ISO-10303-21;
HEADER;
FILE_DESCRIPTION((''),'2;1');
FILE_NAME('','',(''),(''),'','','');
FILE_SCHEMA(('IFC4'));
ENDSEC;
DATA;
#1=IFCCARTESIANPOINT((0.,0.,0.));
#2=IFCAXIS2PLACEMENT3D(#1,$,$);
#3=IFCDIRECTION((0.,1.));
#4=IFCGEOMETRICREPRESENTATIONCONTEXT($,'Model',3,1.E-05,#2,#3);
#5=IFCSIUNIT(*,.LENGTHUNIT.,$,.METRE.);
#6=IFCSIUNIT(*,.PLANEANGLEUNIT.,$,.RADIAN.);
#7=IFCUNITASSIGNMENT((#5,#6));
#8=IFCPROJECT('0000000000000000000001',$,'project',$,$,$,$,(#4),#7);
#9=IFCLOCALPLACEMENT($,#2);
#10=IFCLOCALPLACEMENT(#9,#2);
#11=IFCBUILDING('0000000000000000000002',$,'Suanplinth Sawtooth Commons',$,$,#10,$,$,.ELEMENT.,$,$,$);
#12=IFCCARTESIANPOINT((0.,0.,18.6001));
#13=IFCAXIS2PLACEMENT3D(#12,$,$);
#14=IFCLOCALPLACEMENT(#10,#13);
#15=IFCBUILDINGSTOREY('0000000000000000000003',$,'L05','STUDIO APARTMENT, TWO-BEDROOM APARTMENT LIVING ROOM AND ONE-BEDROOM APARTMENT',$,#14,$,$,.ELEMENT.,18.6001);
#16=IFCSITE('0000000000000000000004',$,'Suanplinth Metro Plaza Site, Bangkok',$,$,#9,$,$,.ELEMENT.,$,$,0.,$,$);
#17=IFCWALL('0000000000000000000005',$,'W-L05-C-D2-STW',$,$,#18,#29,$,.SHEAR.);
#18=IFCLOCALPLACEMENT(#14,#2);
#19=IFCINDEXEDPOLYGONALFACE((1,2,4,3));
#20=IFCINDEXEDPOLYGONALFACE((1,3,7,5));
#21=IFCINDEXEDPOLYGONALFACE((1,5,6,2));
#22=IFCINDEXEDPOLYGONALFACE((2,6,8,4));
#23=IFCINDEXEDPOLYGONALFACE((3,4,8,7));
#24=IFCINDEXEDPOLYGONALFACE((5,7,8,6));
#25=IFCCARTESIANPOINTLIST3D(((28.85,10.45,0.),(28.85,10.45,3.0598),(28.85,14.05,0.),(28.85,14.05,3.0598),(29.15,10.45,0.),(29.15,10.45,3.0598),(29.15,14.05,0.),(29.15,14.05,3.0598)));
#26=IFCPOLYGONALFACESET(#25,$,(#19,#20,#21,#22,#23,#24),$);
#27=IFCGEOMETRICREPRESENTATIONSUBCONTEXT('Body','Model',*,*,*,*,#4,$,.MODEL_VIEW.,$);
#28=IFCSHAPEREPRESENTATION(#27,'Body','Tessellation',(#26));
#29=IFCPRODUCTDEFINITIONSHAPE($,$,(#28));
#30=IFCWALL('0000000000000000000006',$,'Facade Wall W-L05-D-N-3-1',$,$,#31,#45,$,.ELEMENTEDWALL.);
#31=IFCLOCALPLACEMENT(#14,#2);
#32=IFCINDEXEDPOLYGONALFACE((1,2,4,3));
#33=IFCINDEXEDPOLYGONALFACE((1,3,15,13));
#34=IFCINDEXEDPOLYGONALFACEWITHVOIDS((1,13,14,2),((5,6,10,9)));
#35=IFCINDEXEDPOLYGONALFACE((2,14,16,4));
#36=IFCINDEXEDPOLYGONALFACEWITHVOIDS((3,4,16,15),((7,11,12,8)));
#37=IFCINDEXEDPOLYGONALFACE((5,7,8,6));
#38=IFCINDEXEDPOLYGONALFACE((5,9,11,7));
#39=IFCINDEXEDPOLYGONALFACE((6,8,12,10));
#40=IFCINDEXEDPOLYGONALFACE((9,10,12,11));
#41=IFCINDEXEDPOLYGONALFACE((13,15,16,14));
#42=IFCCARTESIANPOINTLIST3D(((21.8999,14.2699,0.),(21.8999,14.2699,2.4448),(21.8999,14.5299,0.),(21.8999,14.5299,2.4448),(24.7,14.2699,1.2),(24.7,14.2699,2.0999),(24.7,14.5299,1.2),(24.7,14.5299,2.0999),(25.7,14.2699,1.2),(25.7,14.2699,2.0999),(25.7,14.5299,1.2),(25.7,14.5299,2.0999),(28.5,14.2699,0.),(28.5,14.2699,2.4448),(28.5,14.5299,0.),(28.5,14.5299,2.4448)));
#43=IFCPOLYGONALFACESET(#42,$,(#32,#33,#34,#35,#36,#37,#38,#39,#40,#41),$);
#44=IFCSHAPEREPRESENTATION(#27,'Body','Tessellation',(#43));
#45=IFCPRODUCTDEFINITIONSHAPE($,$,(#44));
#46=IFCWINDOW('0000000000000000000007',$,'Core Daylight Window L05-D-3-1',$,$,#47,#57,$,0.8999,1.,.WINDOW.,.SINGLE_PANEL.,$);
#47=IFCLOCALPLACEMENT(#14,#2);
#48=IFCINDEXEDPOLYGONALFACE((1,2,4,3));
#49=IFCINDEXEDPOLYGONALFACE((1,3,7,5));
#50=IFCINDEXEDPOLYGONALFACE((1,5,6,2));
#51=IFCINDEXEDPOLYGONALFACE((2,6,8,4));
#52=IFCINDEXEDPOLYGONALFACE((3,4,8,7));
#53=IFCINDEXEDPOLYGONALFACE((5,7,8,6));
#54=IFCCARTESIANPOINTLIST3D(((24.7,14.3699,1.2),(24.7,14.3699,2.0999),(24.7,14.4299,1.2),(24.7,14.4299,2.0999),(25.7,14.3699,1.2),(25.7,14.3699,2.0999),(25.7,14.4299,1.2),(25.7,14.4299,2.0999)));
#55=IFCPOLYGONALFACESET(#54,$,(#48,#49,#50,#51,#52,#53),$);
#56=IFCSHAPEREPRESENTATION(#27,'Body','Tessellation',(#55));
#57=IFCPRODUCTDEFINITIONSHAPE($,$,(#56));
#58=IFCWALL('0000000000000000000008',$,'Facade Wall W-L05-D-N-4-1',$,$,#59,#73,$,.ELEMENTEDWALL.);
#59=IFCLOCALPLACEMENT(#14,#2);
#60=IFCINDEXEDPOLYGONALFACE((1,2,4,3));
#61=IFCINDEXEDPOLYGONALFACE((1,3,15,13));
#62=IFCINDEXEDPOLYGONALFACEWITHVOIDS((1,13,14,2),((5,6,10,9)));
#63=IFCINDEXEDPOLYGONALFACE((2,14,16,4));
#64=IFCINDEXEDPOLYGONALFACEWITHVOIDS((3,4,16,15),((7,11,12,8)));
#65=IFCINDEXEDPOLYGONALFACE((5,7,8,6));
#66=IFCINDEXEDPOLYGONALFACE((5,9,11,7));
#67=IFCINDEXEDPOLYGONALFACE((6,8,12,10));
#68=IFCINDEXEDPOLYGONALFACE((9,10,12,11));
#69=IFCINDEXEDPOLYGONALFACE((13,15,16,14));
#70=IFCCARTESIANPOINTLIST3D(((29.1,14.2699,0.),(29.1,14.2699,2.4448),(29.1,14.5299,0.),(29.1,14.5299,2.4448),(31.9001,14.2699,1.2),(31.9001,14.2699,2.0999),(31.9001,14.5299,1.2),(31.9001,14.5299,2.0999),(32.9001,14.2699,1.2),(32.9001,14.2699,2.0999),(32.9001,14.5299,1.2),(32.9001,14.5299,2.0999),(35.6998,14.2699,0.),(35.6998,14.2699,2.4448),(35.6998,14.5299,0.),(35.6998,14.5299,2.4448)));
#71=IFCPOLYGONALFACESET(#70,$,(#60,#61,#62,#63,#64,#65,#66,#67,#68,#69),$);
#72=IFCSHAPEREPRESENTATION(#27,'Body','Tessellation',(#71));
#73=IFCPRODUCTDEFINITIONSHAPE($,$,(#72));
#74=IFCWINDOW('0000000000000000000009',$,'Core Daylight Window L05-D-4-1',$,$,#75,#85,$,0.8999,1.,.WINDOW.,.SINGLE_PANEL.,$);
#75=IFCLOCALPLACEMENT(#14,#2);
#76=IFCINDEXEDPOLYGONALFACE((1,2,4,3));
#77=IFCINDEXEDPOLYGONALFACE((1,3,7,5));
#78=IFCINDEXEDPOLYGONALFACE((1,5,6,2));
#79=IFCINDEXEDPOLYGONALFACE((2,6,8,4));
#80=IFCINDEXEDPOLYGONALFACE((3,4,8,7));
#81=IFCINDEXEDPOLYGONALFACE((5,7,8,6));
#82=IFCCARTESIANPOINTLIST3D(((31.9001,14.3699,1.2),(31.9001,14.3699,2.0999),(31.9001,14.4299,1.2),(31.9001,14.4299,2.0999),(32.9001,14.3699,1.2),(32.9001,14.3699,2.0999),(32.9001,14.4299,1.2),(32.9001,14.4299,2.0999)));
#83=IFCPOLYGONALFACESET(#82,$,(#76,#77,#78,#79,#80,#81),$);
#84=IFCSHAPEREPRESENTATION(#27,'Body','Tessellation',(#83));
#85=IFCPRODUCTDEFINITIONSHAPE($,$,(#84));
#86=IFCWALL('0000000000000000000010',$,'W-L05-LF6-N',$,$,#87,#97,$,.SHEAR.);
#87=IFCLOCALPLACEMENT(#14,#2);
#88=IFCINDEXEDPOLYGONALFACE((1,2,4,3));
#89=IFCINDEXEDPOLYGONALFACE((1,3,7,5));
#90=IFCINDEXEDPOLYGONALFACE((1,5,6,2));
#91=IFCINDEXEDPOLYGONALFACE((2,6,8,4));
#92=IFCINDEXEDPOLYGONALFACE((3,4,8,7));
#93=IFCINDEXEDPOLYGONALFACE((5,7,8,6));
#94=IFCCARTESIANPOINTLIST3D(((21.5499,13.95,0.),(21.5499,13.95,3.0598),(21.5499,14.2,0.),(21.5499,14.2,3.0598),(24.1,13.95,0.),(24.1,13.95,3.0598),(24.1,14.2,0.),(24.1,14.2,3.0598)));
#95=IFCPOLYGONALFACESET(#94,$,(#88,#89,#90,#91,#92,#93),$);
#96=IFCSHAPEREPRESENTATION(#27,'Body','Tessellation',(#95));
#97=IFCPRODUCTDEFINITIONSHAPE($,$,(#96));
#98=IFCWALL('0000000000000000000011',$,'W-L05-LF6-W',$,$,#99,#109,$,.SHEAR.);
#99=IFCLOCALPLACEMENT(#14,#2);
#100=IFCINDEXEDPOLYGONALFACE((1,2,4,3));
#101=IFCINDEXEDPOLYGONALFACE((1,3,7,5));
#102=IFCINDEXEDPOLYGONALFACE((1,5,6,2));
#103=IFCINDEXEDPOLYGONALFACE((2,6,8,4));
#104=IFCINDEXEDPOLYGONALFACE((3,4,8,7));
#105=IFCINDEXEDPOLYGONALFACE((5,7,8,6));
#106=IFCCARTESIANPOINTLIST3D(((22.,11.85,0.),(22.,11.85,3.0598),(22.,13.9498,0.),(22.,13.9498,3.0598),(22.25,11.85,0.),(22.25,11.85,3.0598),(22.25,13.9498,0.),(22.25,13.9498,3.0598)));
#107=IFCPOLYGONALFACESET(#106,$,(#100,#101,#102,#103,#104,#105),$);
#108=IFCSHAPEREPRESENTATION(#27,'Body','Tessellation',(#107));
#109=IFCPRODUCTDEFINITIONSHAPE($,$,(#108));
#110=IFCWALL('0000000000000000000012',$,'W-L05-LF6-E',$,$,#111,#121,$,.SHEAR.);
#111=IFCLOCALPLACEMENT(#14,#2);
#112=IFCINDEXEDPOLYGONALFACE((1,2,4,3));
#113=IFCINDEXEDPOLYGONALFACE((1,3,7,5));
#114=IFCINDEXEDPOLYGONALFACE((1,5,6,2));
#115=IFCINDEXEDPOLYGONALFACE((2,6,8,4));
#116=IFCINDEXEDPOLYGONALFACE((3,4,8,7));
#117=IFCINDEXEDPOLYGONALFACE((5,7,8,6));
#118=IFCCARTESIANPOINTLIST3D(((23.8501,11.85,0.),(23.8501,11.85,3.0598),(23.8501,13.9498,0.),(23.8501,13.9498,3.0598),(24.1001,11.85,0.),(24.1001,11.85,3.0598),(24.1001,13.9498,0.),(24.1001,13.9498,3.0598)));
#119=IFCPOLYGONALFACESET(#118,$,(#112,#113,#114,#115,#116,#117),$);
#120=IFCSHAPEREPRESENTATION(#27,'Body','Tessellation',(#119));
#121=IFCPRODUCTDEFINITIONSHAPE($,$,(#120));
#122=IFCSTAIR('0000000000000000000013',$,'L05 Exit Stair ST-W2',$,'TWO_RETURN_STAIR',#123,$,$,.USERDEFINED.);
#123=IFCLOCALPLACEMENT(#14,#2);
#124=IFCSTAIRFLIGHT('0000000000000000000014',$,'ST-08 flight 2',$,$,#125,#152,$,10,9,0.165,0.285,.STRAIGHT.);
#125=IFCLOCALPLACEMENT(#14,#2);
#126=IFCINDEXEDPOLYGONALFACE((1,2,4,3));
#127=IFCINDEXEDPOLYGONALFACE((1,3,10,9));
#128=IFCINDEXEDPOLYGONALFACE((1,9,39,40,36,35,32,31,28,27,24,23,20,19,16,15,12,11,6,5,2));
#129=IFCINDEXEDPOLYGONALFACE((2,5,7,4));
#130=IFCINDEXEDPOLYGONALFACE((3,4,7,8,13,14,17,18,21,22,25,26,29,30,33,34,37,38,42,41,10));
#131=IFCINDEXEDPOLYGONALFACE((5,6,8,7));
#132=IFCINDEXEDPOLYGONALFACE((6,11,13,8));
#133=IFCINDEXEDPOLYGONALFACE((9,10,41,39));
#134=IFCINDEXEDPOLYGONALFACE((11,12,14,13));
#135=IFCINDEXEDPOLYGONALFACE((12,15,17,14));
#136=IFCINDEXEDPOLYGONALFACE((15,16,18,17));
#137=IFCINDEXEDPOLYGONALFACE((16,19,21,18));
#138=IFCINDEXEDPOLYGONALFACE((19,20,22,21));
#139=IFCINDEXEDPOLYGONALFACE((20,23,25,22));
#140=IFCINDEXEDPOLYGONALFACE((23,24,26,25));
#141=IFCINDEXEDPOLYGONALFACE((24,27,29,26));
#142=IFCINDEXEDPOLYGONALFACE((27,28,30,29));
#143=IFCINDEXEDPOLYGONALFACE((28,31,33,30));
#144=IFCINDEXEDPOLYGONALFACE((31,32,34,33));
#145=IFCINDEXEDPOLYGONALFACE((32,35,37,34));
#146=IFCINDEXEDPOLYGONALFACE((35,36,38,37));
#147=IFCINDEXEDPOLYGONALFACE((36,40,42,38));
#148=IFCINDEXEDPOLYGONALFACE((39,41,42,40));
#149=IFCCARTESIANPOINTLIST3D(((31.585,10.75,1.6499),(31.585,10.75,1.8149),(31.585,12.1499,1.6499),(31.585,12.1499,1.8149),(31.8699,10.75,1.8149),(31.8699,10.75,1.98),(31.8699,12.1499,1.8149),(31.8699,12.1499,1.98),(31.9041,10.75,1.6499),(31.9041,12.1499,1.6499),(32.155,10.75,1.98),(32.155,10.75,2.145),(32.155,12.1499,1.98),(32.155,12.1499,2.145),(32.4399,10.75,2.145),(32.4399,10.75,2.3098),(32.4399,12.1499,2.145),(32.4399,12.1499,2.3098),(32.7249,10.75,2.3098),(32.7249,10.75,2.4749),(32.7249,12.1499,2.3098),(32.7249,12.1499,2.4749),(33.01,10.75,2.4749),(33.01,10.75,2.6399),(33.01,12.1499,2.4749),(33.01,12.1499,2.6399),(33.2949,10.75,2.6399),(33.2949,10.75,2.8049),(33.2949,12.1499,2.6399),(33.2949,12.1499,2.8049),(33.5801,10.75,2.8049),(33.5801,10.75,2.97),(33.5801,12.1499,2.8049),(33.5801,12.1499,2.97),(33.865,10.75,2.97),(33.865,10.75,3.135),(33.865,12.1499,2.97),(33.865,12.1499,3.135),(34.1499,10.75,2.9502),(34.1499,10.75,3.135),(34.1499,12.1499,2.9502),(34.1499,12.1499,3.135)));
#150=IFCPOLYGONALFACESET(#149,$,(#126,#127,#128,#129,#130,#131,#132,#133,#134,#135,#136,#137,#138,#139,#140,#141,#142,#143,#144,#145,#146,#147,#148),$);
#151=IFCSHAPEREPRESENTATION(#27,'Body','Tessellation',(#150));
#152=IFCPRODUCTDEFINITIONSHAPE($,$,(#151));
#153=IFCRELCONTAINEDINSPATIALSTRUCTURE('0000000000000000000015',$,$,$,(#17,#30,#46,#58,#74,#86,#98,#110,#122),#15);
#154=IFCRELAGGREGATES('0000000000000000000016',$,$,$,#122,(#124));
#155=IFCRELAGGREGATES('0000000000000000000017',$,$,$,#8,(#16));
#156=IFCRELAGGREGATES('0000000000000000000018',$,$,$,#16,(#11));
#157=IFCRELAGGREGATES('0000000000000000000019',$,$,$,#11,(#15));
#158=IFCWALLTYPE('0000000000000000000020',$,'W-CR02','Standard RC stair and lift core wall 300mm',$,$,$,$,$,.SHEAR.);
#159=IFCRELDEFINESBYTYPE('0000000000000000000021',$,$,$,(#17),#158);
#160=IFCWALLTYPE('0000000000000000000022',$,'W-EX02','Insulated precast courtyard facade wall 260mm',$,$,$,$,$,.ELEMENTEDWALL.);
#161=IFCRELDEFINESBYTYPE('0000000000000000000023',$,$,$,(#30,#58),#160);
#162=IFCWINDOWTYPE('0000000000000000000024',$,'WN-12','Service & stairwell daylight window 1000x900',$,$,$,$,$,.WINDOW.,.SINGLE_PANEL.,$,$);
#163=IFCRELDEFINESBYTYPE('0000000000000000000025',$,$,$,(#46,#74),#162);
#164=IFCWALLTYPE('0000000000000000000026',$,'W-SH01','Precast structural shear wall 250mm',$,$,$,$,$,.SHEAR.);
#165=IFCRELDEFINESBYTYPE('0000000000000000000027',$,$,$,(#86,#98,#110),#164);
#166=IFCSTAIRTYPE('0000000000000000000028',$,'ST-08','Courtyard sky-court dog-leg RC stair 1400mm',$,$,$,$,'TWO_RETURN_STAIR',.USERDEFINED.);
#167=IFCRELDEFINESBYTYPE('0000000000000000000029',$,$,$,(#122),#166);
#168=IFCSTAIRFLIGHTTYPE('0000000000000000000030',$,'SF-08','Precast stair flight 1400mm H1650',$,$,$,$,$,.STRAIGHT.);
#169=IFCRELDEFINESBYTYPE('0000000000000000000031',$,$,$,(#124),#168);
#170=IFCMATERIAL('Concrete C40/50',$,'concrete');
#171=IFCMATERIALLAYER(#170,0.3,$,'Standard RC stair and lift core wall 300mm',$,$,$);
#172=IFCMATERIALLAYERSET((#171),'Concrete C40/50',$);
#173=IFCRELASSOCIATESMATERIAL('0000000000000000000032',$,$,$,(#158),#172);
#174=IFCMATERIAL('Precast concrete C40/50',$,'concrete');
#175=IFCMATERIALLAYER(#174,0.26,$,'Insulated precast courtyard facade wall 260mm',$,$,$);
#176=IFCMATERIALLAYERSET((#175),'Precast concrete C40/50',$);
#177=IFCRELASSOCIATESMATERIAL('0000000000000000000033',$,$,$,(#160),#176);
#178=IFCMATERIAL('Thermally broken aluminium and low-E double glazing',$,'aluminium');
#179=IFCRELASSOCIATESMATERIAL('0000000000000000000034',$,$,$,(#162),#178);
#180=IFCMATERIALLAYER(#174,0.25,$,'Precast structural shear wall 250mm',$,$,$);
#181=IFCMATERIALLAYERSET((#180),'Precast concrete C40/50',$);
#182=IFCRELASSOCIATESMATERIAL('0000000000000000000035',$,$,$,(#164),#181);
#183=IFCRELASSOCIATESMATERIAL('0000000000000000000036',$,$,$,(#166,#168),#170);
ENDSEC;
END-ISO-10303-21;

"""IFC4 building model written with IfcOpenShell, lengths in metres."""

from ifc_helpers import new_model, si_unit, direction, frame, frame_2d, origin, place, context, subcontext, project, spatial, polyline, rectangle, outline, extrude, material, layer, layer_set, type_object, element, fill, aggregate, save


model = new_model("IFC4")

# Units and contexts
model_context = context("Model", 3, precision=1e-05, world=origin(), true_north=direction((0.0, 1.0)))
body_context = subcontext(model_context, "Body", "Model", "MODEL_VIEW")
ifc_project = project(units=[si_unit("LENGTHUNIT", "METRE"), si_unit("PLANEANGLEUNIT", "RADIAN")], contexts=[model_context])

# Site, building, storey
site_placement = place(None, origin())
site = spatial("IfcSite", under=ifc_project, at=site_placement, Name="Suanplinth Metro Plaza Site, Bangkok", CompositionType="ELEMENT", RefElevation=0.0)
building_placement = place(site_placement, origin())
building = spatial("IfcBuilding", under=site, at=building_placement, Name="Suanplinth Sawtooth Commons", CompositionType="ELEMENT")
storey_placement = place(building_placement, frame((0.0, 0.0, 18.6001)))
storey = spatial("IfcBuildingStorey", under=building, at=storey_placement, Name="L05", Description="STUDIO APARTMENT, TWO-BEDROOM APARTMENT LIVING ROOM AND ONE-BEDROOM APARTMENT", CompositionType="ELEMENT", Elevation=18.6001)

# Shared definitions
ifc_material_1 = material(Name="Precast concrete C40/50", Category="concrete")

# Shared definitions
ifc_material_2 = material(Name="Concrete C40/50", Category="concrete")
ifc_layer_1 = layer(ifc_material_2, 0.3, Name="Standard RC stair and lift core wall 300mm")
ifc_layer_set_1 = layer_set([ifc_layer_1], Name="Concrete C40/50")
wall_type_1 = type_object("IfcWallType", Name="W-CR02", Description="Standard RC stair and lift core wall 300mm", PredefinedType="SHEAR", material=ifc_layer_set_1)

# Wall
wall_1_placement = place(storey_placement, frame((29.0, 10.45, 0.0), z_axis=(0.0, 0.0, 1.0), x_axis=(0.0, 1.0, 0.0)))
element("IfcWall", 1, at=wall_1_placement, inside=storey, type_object=wall_type_1, Name="W-L05-C-D2-STW", PredefinedType="SHEAR", context=body_context, shape_type="SweptSolid", body=[
    extrude(rectangle(XDim=3.6001, YDim=0.3, at=frame_2d((1.8, 0.0))), origin(), (0.0, 0.0, 1.0), 3.0598),
])

# Walls, openings, windows
ifc_layer_2 = layer(ifc_material_1, 0.26, Name="Insulated precast courtyard facade wall 260mm")
ifc_layer_set_2 = layer_set([ifc_layer_2], Name="Precast concrete C40/50")
wall_type_2 = type_object("IfcWallType", Name="W-EX02", Description="Insulated precast courtyard facade wall 260mm", PredefinedType="ELEMENTEDWALL", material=ifc_layer_set_2)
wall_2_placement = place(storey_placement, frame((21.8999, 14.3999, 0.0), z_axis=(0.0, 0.0, 1.0), x_axis=(1.0, 0.0, 0.0)))
wall_2 = element("IfcWall", 2, at=wall_2_placement, inside=storey, type_object=wall_type_2, Name="Facade Wall W-L05-D-N-3-1", PredefinedType="ELEMENTEDWALL", context=body_context, shape_type="SweptSolid", body=[
    extrude(rectangle(XDim=6.6001, YDim=0.26, at=frame_2d((3.3, 0.0))), origin(), (0.0, 0.0, 1.0), 2.4448),
])
opening_1_placement = place(wall_2_placement, frame((2.8, 0.0, 1.2)))
opening_1 = element("IfcOpeningElement", 3, at=opening_1_placement, cuts=wall_2, PredefinedType="OPENING", context=body_context, shape_type="SweptSolid", body=[
    extrude(rectangle(XDim=1.0, YDim=0.8999, at=frame_2d((0.5, 0.45))), frame((0.0, 0.145, 0.0), z_axis=(0.0, -1.0, 0.0), x_axis=(1.0, 0.0, 0.0)), (0.0, 0.0, 1.0), 0.2898),
])
ifc_material_3 = material(Name="Thermally broken aluminium and low-E double glazing", Category="aluminium")
window_type = type_object("IfcWindowType", Name="WN-12", Description="Service & stairwell daylight window 1000x900", PartitioningType="SINGLE_PANEL", PredefinedType="WINDOW", material=ifc_material_3)
window_1_placement = place(opening_1_placement, origin())
window_1 = element("IfcWindow", 4, at=window_1_placement, inside=storey, type_object=window_type, Name="Core Daylight Window L05-D-3-1", OverallHeight=0.8999, OverallWidth=1.0, PartitioningType="SINGLE_PANEL", PredefinedType="WINDOW", context=body_context, shape_type="SweptSolid", body=[
    extrude(rectangle(XDim=1.0, YDim=0.8999, at=frame_2d((0.5, 0.45))), frame((0.0, 0.03, 0.0), z_axis=(0.0, -1.0, 0.0), x_axis=(1.0, 0.0, 0.0)), (0.0, 0.0, 1.0), 0.0601),
])
fill(opening_1, window_1)
wall_3_placement = place(storey_placement, frame((29.1001, 14.3999, 0.0), z_axis=(0.0, 0.0, 1.0), x_axis=(1.0, 0.0, 0.0)))
wall_3 = element("IfcWall", 5, at=wall_3_placement, inside=storey, type_object=wall_type_2, Name="Facade Wall W-L05-D-N-4-1", PredefinedType="ELEMENTEDWALL", context=body_context, shape_type="SweptSolid", body=[
    extrude(rectangle(XDim=6.5999, YDim=0.26, at=frame_2d((3.2998, 0.0))), origin(), (0.0, 0.0, 1.0), 2.4448),
])
opening_2_placement = place(wall_3_placement, frame((2.8, 0.0, 1.2)))
opening_2 = element("IfcOpeningElement", 6, at=opening_2_placement, cuts=wall_3, PredefinedType="OPENING", context=body_context, shape_type="SweptSolid", body=[
    extrude(rectangle(XDim=1.0, YDim=0.8999, at=frame_2d((0.5, 0.45))), frame((0.0, 0.145, 0.0), z_axis=(0.0, -1.0, 0.0), x_axis=(1.0, 0.0, 0.0)), (0.0, 0.0, 1.0), 0.2898),
])
window_2_placement = place(opening_2_placement, origin())
window_2 = element("IfcWindow", 7, at=window_2_placement, inside=storey, type_object=window_type, Name="Core Daylight Window L05-D-4-1", OverallHeight=0.8999, OverallWidth=1.0, PartitioningType="SINGLE_PANEL", PredefinedType="WINDOW", context=body_context, shape_type="SweptSolid", body=[
    extrude(rectangle(XDim=1.0, YDim=0.8999, at=frame_2d((0.5, 0.45))), frame((0.0, 0.03, 0.0), z_axis=(0.0, -1.0, 0.0), x_axis=(1.0, 0.0, 0.0)), (0.0, 0.0, 1.0), 0.0601),
])
fill(opening_2, window_2)

# Shared definitions
ifc_layer_3 = layer(ifc_material_1, 0.25, Name="Precast structural shear wall 250mm")
ifc_layer_set_3 = layer_set([ifc_layer_3], Name="Precast concrete C40/50")
wall_type_3 = type_object("IfcWallType", Name="W-SH01", Description="Precast structural shear wall 250mm", PredefinedType="SHEAR", material=ifc_layer_set_3)

# Walls
wall_4_placement = place(storey_placement, frame((21.55, 14.075, 0.0), z_axis=(0.0, 0.0, 1.0), x_axis=(1.0, 0.0, 0.0)))
element("IfcWall", 8, at=wall_4_placement, inside=storey, type_object=wall_type_3, Name="W-L05-LF6-N", PredefinedType="SHEAR", context=body_context, shape_type="SweptSolid", body=[
    extrude(rectangle(XDim=2.55, YDim=0.25, at=frame_2d((1.2749, 0.0))), origin(), (0.0, 0.0, 1.0), 3.0598),
])
for number, where, z_axis, x_axis, name in (
    (9, (22.125, 11.8501, 0.0), (0.0, 0.0, 1.0), (0.0, 1.0, 0.0), "W-L05-LF6-W"),
    (10, (23.9751, 11.8501, 0.0), (0.0, 0.0, 1.0), (0.0, 1.0, 0.0), "W-L05-LF6-E"),
):
    element("IfcWall", number, at=place(storey_placement, frame(where, z_axis=z_axis, x_axis=x_axis)), inside=storey, type_object=wall_type_3, Name=name, PredefinedType="SHEAR", context=body_context, shape_type="SweptSolid", body=[
        extrude(rectangle(XDim=2.0999, YDim=0.25, at=frame_2d((1.0498, 0.0))), origin(), (0.0, 0.0, 1.0), 3.0598),
    ])

# Stair, stair flight
stair_type = type_object("IfcStairType", Name="ST-08", Description="Courtyard sky-court dog-leg RC stair 1400mm", ElementType="TWO_RETURN_STAIR", PredefinedType="USERDEFINED", material=ifc_material_2)
stair_placement = place(storey_placement, origin())
stair = element("IfcStair", 11, at=stair_placement, inside=storey, type_object=stair_type, Name="L05 Exit Stair ST-W2", ObjectType="TWO_RETURN_STAIR", PredefinedType="USERDEFINED")
stair_flight_type = type_object("IfcStairFlightType", Name="SF-08", Description="Precast stair flight 1400mm H1650", PredefinedType="STRAIGHT", material=ifc_material_2)
stair_flight_placement = place(storey_placement, frame((31.585, 11.45, 1.6499), z_axis=(0.0, 0.0, 1.0), x_axis=(1.0, 0.0, 0.0)))
stair_flight = element("IfcStairFlight", 12, at=stair_flight_placement, type_object=stair_flight_type, Name="ST-08 flight 2", NumberOfRisers=10, NumberOfTreads=9, PredefinedType="STRAIGHT", RiserHeight=0.165, TreadLength=0.285, context=body_context, shape_type="SweptSolid", body=[
    extrude(outline(polyline([(0.0, 0.0), (0.0, 0.165), (0.2849, 0.165), (0.2849, 0.3301), (0.5701, 0.3301), (0.5701, 0.4951), (0.855, 0.4951), (0.855, 0.6599), (1.1399, 0.6599), (1.1399, 0.825), (1.425, 0.825), (1.425, 0.99), (1.71, 0.99), (1.71, 1.155), (1.9951, 1.155), (1.9951, 1.3201), (2.28, 1.3201), (2.28, 1.4851), (2.5649, 1.4851), (2.5649, 1.6499), (2.5649, 1.3003), (0.3191, 0.0), (0.0, 0.0)])), frame((0.0, 0.7, 0.0), z_axis=(0.0, -1.0, 0.0), x_axis=(1.0, 0.0, 0.0)), (0.0, 0.0, 1.0), 1.3999),
])
aggregate(stair, [stair_flight])

save(model, "model.ifc")
